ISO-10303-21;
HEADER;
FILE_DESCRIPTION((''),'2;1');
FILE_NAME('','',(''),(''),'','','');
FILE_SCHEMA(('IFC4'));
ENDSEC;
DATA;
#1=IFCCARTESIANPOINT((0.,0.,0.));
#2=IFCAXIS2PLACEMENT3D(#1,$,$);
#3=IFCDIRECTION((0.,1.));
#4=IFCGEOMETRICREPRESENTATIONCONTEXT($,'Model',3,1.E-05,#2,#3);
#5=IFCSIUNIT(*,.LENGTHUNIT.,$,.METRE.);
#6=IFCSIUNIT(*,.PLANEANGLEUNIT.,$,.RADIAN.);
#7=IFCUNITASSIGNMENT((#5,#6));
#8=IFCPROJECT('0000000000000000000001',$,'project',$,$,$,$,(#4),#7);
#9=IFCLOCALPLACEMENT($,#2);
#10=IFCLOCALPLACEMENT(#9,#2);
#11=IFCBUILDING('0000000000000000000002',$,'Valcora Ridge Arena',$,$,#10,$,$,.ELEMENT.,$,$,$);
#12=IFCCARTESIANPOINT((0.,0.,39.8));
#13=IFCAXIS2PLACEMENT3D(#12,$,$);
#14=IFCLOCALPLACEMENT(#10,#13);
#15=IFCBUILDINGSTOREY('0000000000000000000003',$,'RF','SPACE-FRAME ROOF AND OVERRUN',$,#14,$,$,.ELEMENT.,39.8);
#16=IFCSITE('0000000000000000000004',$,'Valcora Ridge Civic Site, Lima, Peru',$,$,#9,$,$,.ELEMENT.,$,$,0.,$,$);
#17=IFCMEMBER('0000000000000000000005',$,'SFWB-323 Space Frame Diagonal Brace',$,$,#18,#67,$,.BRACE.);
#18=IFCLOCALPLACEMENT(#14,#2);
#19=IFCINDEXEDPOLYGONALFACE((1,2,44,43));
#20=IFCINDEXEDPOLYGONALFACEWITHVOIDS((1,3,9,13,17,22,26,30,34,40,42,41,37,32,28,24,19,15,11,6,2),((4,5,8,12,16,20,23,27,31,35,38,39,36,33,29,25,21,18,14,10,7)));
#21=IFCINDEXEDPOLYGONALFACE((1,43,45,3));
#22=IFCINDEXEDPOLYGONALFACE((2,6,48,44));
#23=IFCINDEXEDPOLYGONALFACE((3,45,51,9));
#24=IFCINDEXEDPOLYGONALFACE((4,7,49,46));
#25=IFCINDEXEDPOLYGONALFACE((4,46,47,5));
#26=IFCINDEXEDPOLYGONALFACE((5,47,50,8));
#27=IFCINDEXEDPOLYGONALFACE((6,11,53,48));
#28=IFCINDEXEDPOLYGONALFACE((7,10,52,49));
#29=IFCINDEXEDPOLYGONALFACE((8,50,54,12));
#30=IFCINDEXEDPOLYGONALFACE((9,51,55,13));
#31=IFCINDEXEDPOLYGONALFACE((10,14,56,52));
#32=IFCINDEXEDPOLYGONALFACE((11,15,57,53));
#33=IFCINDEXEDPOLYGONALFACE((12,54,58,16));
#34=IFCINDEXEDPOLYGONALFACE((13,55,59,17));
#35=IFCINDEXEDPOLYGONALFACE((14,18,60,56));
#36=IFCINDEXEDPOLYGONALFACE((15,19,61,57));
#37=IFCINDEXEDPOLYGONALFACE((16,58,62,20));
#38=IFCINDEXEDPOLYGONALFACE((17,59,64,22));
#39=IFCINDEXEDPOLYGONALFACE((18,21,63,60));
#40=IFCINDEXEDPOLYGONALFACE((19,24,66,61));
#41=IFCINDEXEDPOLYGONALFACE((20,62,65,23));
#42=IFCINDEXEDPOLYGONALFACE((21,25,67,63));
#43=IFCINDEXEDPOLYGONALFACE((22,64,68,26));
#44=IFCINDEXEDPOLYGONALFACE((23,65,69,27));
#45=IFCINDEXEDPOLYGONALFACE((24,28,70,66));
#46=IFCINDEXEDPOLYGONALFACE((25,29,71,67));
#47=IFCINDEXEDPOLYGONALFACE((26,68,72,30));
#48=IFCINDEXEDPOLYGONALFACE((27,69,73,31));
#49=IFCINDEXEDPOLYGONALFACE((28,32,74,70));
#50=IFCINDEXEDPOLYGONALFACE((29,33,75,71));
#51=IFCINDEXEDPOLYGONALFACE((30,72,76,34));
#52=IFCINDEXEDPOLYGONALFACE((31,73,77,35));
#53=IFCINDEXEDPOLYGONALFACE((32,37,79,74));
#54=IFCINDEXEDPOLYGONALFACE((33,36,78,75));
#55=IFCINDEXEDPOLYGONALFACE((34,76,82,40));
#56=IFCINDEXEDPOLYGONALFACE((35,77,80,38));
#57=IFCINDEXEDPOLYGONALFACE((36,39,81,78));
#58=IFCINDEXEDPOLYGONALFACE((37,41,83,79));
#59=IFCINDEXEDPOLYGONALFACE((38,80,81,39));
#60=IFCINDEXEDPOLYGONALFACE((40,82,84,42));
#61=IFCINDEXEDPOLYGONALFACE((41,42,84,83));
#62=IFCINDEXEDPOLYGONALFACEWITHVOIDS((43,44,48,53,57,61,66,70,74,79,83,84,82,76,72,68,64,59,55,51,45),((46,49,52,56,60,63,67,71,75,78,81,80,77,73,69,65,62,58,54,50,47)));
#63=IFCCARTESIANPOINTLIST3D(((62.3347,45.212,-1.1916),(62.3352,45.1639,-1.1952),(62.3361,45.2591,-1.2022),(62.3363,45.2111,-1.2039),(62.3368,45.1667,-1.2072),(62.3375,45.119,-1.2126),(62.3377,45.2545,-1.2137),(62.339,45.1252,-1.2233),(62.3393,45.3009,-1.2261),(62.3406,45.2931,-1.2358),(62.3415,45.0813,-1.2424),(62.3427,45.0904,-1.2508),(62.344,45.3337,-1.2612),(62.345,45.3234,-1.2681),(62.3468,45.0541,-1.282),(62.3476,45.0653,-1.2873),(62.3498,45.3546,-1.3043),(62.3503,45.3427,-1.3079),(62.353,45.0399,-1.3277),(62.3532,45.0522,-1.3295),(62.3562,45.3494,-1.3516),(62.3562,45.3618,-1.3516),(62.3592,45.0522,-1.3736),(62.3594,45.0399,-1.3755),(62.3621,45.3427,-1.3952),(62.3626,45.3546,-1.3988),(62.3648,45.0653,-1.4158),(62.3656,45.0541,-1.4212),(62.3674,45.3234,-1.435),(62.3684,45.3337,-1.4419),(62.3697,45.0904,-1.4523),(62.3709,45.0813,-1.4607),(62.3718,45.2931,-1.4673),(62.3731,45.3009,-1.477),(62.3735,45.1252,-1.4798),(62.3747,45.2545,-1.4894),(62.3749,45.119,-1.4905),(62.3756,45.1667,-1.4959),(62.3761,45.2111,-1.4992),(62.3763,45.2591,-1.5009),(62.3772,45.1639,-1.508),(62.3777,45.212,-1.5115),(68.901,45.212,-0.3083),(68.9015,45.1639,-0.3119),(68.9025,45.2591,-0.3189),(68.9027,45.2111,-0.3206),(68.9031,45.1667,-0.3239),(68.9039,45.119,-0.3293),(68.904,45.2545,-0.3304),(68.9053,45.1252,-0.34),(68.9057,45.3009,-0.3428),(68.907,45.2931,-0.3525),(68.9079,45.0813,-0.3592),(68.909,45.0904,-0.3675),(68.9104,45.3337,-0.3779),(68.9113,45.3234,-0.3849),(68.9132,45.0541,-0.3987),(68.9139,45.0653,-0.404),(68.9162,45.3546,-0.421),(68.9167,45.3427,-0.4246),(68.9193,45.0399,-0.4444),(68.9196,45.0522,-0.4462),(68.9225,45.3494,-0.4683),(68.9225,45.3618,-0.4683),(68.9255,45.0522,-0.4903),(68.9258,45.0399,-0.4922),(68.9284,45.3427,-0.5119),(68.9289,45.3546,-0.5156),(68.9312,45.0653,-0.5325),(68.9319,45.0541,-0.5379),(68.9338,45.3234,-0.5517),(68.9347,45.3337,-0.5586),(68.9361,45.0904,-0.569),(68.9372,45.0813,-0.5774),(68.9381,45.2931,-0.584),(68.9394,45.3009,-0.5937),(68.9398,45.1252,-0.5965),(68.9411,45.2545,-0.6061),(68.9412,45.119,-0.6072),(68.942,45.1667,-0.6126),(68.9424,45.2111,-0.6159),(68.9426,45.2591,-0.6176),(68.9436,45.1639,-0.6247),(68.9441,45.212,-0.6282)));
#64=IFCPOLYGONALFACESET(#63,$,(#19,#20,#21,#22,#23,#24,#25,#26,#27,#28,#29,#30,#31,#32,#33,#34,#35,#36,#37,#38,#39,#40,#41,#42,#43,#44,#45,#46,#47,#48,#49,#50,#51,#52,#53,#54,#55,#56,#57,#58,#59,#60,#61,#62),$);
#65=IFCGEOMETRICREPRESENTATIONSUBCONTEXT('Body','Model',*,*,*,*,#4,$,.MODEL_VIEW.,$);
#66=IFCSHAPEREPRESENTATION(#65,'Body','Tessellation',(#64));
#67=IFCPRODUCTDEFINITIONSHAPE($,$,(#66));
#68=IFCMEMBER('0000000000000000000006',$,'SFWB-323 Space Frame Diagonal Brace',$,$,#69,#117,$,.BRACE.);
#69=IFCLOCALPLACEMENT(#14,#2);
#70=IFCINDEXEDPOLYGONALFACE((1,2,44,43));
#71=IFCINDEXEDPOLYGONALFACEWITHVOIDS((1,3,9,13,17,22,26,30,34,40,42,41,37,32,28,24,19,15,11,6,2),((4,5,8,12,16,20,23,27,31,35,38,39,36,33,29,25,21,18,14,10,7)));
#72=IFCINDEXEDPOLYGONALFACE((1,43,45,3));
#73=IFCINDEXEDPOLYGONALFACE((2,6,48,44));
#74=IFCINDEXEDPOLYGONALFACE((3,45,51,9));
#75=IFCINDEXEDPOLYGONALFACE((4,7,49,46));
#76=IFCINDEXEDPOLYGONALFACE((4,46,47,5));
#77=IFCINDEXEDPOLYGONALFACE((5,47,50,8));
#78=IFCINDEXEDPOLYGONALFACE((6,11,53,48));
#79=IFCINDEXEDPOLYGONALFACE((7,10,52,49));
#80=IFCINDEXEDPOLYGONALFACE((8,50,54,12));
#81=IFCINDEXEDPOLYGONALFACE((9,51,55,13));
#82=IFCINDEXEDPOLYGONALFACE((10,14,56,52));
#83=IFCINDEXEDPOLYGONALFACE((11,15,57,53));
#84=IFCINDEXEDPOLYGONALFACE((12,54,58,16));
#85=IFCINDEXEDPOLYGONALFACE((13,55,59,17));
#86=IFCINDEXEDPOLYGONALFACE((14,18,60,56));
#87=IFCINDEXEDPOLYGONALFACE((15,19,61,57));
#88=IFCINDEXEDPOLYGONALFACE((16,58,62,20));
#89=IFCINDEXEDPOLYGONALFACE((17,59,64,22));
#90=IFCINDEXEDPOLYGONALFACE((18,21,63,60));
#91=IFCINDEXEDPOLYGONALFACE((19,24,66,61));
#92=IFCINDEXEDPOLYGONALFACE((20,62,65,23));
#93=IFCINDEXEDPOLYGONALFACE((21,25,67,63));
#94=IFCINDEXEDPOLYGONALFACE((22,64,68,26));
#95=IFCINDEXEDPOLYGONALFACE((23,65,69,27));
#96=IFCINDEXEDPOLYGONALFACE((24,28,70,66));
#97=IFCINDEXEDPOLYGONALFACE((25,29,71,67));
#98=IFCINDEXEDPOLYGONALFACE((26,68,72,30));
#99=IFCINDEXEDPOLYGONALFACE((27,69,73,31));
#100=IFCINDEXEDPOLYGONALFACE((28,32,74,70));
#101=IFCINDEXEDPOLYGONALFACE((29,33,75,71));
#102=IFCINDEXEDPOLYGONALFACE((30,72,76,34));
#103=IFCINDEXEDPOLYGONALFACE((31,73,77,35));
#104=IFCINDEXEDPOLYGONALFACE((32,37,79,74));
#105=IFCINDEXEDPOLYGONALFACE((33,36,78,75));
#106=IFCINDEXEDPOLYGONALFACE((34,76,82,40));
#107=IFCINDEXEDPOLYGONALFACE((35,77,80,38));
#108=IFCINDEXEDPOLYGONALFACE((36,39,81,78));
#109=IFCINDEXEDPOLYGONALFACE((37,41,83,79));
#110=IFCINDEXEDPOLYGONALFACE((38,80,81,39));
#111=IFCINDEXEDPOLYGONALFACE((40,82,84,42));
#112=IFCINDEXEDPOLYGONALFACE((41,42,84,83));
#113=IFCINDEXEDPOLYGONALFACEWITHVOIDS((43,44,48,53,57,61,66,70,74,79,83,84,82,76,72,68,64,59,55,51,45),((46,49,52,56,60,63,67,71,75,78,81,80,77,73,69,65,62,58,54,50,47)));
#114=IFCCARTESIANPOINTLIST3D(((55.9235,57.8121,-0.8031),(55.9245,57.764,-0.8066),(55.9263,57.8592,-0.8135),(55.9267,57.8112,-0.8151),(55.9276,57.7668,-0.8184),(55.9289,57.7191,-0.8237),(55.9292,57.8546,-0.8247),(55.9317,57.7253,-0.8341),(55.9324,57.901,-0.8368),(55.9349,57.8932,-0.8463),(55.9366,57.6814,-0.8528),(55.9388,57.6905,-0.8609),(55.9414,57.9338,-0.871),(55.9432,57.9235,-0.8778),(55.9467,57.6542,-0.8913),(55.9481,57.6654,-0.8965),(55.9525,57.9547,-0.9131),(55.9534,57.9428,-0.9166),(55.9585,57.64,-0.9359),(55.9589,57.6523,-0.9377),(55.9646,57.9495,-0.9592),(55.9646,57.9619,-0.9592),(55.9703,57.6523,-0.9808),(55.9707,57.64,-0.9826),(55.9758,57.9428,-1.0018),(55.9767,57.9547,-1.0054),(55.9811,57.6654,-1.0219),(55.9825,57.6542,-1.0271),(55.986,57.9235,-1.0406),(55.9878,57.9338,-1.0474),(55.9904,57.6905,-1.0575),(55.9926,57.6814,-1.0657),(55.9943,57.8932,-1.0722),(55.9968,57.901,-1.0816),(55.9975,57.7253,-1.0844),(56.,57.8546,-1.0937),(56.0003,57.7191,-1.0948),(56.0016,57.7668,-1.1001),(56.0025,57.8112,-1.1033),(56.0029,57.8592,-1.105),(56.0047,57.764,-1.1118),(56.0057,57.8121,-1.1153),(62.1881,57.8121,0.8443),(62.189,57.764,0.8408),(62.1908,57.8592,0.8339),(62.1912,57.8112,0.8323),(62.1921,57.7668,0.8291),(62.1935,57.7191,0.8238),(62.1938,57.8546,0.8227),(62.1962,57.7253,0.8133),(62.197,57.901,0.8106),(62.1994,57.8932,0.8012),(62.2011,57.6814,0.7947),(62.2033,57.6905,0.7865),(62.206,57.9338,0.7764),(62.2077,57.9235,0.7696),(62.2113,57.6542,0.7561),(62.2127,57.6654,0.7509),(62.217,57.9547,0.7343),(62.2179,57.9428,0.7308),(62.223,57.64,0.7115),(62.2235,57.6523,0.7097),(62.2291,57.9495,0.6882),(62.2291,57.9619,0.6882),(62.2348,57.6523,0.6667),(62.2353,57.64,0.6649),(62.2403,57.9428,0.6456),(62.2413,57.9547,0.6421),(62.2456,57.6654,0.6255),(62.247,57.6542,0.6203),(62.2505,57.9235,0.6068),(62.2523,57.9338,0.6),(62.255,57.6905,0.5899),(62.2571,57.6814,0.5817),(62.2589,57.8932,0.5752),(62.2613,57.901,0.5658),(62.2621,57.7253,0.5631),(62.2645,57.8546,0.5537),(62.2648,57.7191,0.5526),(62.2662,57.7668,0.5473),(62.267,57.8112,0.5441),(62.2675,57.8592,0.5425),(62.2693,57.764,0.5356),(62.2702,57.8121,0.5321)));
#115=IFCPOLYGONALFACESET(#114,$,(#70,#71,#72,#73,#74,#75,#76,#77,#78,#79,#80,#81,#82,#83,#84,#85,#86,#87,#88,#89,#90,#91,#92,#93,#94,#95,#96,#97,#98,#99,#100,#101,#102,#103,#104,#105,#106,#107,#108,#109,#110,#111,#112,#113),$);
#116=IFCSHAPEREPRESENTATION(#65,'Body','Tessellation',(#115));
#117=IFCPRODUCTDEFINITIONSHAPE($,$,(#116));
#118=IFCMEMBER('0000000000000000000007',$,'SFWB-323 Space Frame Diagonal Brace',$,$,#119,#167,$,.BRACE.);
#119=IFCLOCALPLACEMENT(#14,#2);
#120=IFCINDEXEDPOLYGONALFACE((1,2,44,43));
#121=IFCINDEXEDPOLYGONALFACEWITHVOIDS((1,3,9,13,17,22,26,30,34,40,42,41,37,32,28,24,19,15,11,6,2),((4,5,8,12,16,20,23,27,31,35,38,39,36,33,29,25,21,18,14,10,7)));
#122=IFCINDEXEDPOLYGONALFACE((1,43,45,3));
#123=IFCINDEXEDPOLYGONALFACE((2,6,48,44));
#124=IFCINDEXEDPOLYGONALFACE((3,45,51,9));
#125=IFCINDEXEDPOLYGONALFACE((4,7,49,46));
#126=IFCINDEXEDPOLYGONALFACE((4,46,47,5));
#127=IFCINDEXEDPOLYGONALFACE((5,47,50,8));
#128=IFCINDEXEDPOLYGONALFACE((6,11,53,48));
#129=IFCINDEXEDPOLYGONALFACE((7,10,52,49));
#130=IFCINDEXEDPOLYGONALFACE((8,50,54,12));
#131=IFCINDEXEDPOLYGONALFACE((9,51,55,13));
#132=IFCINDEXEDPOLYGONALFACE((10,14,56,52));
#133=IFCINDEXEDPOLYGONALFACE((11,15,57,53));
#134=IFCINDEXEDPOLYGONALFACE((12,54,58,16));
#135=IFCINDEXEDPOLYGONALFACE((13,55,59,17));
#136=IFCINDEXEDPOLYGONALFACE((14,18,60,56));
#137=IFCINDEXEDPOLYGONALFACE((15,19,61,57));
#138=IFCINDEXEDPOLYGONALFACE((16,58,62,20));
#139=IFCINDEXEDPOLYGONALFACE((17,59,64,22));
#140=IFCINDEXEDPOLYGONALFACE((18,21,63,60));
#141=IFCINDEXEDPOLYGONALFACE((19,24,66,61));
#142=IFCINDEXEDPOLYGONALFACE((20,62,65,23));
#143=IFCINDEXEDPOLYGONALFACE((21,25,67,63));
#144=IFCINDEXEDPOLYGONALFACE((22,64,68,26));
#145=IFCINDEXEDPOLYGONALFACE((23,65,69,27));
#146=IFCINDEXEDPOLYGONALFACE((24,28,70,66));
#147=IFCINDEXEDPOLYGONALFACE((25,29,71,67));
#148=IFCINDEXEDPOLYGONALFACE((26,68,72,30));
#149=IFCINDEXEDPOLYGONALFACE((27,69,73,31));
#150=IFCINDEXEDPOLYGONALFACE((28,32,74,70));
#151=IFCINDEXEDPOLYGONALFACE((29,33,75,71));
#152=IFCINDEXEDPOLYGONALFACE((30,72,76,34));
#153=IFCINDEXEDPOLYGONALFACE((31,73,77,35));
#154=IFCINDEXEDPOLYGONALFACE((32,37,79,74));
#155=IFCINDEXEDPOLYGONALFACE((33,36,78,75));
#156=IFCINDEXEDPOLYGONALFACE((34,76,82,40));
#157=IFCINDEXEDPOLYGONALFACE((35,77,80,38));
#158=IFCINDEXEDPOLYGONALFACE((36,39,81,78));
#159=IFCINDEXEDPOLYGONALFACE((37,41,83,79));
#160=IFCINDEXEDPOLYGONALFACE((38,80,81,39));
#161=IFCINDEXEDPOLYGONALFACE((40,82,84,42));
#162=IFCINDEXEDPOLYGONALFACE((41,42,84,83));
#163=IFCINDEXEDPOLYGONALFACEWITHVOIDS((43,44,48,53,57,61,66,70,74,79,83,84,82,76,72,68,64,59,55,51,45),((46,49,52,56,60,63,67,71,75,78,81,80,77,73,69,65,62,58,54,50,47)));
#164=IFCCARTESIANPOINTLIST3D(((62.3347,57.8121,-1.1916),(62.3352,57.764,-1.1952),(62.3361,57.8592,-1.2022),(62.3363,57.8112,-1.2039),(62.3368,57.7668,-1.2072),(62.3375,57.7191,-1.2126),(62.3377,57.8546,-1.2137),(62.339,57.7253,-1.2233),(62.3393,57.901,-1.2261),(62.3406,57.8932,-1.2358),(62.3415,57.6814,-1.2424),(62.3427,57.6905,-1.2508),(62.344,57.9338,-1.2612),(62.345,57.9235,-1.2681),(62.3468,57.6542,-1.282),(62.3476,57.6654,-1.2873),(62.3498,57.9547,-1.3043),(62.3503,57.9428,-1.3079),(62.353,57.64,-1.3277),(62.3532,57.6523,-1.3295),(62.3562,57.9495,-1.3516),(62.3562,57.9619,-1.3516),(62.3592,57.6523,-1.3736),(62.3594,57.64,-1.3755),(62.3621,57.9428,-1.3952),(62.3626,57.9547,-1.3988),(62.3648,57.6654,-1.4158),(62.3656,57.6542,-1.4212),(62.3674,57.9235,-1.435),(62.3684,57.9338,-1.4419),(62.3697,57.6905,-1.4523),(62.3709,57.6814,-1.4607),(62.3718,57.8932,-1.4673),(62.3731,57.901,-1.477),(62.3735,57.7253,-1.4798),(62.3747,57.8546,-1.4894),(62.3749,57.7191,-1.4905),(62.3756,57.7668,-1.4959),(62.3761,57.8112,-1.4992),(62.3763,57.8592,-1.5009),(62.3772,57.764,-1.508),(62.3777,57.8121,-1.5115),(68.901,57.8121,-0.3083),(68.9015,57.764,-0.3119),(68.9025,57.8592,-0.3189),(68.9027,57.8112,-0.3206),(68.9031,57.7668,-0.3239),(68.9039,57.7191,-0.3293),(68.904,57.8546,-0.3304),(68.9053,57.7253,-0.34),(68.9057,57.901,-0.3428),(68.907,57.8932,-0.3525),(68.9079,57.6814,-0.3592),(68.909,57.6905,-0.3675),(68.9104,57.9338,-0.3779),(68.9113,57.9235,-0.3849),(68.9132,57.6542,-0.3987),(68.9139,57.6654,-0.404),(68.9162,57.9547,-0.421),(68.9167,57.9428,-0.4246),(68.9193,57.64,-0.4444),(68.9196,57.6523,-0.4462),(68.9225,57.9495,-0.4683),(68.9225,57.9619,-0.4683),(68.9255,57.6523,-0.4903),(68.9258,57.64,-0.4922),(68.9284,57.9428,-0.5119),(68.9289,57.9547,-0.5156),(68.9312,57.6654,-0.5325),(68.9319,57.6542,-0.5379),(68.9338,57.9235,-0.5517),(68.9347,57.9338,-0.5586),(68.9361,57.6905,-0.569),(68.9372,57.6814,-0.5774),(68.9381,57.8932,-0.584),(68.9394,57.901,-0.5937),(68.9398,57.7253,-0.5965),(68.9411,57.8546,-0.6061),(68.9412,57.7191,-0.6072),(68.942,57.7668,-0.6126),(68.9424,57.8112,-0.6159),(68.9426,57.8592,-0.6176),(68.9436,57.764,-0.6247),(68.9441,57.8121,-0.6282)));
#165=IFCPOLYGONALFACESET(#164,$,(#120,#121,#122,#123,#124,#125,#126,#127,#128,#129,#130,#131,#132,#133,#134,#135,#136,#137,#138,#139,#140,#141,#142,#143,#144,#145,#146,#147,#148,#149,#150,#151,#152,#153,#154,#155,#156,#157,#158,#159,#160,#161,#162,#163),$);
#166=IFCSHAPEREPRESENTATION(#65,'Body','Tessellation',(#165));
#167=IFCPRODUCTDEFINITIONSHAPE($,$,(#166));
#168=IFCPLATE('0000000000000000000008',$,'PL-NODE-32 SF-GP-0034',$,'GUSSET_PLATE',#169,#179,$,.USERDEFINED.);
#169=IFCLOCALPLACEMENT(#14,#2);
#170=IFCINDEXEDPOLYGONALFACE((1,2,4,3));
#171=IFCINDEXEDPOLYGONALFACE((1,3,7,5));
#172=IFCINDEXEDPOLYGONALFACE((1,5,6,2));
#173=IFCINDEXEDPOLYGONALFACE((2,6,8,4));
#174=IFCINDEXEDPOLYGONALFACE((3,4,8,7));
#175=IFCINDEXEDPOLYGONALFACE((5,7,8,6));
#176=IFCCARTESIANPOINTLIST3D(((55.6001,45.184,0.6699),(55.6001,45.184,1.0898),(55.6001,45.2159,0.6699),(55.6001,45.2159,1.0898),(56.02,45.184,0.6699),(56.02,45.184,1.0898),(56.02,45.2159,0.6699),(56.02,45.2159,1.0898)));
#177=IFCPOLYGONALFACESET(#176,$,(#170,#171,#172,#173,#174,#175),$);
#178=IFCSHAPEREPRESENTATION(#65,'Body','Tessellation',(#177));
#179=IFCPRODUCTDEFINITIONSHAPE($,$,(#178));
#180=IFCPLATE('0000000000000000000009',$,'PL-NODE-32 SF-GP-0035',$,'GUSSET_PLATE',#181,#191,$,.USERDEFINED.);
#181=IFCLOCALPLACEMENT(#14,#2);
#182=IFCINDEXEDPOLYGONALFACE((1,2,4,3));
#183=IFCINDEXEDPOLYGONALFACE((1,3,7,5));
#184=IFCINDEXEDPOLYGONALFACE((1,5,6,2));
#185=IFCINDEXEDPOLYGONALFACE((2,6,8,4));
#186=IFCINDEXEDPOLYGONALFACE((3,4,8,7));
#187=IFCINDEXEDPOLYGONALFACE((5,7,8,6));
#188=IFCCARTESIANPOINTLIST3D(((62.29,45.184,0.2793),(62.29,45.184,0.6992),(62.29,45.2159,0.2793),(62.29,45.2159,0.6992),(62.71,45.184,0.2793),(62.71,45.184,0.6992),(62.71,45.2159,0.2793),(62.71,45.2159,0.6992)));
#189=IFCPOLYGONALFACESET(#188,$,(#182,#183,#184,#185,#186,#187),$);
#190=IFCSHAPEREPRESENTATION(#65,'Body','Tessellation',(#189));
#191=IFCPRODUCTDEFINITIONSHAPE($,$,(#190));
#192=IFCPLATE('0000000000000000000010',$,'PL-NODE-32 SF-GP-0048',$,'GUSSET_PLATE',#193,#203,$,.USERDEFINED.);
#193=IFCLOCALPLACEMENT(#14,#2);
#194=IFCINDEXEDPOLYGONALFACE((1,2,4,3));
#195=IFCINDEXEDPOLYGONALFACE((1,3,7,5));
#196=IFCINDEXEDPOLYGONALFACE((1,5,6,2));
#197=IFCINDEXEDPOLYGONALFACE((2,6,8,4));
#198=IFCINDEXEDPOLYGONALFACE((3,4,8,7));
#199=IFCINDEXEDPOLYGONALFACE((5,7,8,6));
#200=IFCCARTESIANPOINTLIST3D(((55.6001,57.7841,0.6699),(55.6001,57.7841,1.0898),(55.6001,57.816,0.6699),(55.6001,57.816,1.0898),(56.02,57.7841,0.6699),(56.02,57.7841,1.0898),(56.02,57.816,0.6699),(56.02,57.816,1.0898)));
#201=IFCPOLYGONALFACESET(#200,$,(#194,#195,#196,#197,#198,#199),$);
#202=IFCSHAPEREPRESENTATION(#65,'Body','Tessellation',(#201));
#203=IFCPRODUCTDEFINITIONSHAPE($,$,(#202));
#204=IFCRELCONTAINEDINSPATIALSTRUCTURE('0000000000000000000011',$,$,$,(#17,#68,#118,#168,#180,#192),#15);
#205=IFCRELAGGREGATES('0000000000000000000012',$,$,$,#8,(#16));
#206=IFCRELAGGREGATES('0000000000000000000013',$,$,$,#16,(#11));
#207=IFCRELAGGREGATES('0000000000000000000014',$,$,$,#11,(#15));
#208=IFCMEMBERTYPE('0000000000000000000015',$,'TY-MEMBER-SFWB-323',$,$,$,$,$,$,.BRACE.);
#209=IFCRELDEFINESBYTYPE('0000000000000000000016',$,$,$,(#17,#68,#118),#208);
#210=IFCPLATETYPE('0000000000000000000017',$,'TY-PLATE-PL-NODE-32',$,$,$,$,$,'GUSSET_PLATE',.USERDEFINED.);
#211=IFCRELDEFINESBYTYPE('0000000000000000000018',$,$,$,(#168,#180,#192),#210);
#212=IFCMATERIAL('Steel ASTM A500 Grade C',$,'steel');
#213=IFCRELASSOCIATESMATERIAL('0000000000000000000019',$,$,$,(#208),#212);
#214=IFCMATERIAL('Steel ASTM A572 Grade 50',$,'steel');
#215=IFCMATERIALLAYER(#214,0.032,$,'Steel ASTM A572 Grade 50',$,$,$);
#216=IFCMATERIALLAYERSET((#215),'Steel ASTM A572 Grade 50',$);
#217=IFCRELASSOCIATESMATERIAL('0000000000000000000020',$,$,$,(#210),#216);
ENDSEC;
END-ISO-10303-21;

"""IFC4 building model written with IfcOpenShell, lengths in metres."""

from ifc_helpers import new_model, si_unit, direction, frame, origin, origin_2d, place, context, subcontext, project, spatial, rectangle, hollow_circle, extrude, material, layer, layer_set, material_profile, profile_set, type_object, element, save


model = new_model("IFC4")

# Units and contexts
model_context = context("Model", 3, precision=1e-05, world=origin(), true_north=direction((0.0, 1.0)))
body_context = subcontext(model_context, "Body", "Model", "MODEL_VIEW")
ifc_project = project(units=[si_unit("LENGTHUNIT", "METRE"), si_unit("PLANEANGLEUNIT", "RADIAN")], contexts=[model_context])

# Site, building, storey
site_placement = place(None, origin())
site = spatial("IfcSite", under=ifc_project, at=site_placement, Name="Valcora Ridge Civic Site, Lima, Peru", CompositionType="ELEMENT", RefElevation=0.0)
building_placement = place(site_placement, origin())
building = spatial("IfcBuilding", under=site, at=building_placement, Name="Valcora Ridge Arena", CompositionType="ELEMENT")
storey_placement = place(building_placement, frame((0.0, 0.0, 39.8)))
storey = spatial("IfcBuildingStorey", under=building, at=storey_placement, Name="RF", Description="SPACE-FRAME ROOF AND OVERRUN", CompositionType="ELEMENT", Elevation=39.8)

# Members
ifc_material_1 = material(Name="Steel ASTM A572 Grade 50", Category="steel")
ifc_material_2 = material(Name="Steel ASTM A500 Grade C", Category="steel")
ifc_material_profile_1 = material_profile(ifc_material_2, hollow_circle(Radius=0.1619, WallThickness=0.0125, at=origin_2d()), Name="CHS323X12")
ifc_profile_set_1 = profile_set([ifc_material_profile_1], Name="Steel ASTM A500 Grade C")
member_type_1 = type_object("IfcMemberType", Name="TY-MEMBER-SFWB-323", PredefinedType="BRACE", material=ifc_profile_set_1)
member_1_placement = place(storey_placement, frame((62.3562, 45.2, -1.3516), z_axis=(0.991073, 0.0, 0.133317), x_axis=(0.0, 1.0, 0.0)))
element("IfcMember", 1, at=member_1_placement, inside=storey, type_object=member_type_1, Name="SFWB-323 Space Frame Diagonal Brace", PredefinedType="BRACE", context=body_context, shape_type="SweptSolid", body=[
    extrude(hollow_circle(Radius=0.1619, WallThickness=0.0125, at=origin_2d()), origin(), (0.0, 0.0, 1.0), 6.6255),
])
member_2_placement = place(storey_placement, frame((55.9646, 57.8, -0.9592), z_axis=(0.967117, 0.0, 0.25433), x_axis=(0.0, 1.0, 0.0)))
element("IfcMember", 2, at=member_2_placement, inside=storey, type_object=member_type_1, Name="SFWB-323 Space Frame Diagonal Brace", PredefinedType="BRACE", context=body_context, shape_type="SweptSolid", body=[
    extrude(hollow_circle(Radius=0.1619, WallThickness=0.0125, at=origin_2d()), origin(), (0.0, 0.0, 1.0), 6.4775),
])
member_3_placement = place(storey_placement, frame((62.3562, 57.8, -1.3516), z_axis=(0.991073, 0.0, 0.133317), x_axis=(0.0, 1.0, 0.0)))
element("IfcMember", 3, at=member_3_placement, inside=storey, type_object=member_type_1, Name="SFWB-323 Space Frame Diagonal Brace", PredefinedType="BRACE", context=body_context, shape_type="SweptSolid", body=[
    extrude(hollow_circle(Radius=0.1619, WallThickness=0.0125, at=origin_2d()), origin(), (0.0, 0.0, 1.0), 6.6255),
])

# Plates
ifc_layer_1 = layer(ifc_material_1, 0.032, Name="Steel ASTM A572 Grade 50")
ifc_layer_set_1 = layer_set([ifc_layer_1], Name="Steel ASTM A572 Grade 50")
plate_type = type_object("IfcPlateType", Name="TY-PLATE-PL-NODE-32", ElementType="GUSSET_PLATE", PredefinedType="USERDEFINED", material=ifc_layer_set_1)
for number, where, z_axis, x_axis, name in (
    (4, (55.8101, 45.2, 0.6699), (0.0, 0.0, 1.0), (1.0, 0.0, 0.0), "PL-NODE-32 SF-GP-0034"),
    (5, (62.5, 45.2, 0.2793), (0.0, 0.0, 1.0), (1.0, 0.0, 0.0), "PL-NODE-32 SF-GP-0035"),
    (6, (55.8101, 57.8, 0.6699), (0.0, 0.0, 1.0), (1.0, 0.0, 0.0), "PL-NODE-32 SF-GP-0048"),
):
    element("IfcPlate", number, at=place(storey_placement, frame(where, z_axis=z_axis, x_axis=x_axis)), inside=storey, type_object=plate_type, Name=name, ObjectType="GUSSET_PLATE", PredefinedType="USERDEFINED", context=body_context, shape_type="SweptSolid", body=[
        extrude(rectangle(XDim=0.4199, YDim=0.032, at=origin_2d()), origin(), (0.0, 0.0, 1.0), 0.4199),
    ])

save(model, "model.ifc")
